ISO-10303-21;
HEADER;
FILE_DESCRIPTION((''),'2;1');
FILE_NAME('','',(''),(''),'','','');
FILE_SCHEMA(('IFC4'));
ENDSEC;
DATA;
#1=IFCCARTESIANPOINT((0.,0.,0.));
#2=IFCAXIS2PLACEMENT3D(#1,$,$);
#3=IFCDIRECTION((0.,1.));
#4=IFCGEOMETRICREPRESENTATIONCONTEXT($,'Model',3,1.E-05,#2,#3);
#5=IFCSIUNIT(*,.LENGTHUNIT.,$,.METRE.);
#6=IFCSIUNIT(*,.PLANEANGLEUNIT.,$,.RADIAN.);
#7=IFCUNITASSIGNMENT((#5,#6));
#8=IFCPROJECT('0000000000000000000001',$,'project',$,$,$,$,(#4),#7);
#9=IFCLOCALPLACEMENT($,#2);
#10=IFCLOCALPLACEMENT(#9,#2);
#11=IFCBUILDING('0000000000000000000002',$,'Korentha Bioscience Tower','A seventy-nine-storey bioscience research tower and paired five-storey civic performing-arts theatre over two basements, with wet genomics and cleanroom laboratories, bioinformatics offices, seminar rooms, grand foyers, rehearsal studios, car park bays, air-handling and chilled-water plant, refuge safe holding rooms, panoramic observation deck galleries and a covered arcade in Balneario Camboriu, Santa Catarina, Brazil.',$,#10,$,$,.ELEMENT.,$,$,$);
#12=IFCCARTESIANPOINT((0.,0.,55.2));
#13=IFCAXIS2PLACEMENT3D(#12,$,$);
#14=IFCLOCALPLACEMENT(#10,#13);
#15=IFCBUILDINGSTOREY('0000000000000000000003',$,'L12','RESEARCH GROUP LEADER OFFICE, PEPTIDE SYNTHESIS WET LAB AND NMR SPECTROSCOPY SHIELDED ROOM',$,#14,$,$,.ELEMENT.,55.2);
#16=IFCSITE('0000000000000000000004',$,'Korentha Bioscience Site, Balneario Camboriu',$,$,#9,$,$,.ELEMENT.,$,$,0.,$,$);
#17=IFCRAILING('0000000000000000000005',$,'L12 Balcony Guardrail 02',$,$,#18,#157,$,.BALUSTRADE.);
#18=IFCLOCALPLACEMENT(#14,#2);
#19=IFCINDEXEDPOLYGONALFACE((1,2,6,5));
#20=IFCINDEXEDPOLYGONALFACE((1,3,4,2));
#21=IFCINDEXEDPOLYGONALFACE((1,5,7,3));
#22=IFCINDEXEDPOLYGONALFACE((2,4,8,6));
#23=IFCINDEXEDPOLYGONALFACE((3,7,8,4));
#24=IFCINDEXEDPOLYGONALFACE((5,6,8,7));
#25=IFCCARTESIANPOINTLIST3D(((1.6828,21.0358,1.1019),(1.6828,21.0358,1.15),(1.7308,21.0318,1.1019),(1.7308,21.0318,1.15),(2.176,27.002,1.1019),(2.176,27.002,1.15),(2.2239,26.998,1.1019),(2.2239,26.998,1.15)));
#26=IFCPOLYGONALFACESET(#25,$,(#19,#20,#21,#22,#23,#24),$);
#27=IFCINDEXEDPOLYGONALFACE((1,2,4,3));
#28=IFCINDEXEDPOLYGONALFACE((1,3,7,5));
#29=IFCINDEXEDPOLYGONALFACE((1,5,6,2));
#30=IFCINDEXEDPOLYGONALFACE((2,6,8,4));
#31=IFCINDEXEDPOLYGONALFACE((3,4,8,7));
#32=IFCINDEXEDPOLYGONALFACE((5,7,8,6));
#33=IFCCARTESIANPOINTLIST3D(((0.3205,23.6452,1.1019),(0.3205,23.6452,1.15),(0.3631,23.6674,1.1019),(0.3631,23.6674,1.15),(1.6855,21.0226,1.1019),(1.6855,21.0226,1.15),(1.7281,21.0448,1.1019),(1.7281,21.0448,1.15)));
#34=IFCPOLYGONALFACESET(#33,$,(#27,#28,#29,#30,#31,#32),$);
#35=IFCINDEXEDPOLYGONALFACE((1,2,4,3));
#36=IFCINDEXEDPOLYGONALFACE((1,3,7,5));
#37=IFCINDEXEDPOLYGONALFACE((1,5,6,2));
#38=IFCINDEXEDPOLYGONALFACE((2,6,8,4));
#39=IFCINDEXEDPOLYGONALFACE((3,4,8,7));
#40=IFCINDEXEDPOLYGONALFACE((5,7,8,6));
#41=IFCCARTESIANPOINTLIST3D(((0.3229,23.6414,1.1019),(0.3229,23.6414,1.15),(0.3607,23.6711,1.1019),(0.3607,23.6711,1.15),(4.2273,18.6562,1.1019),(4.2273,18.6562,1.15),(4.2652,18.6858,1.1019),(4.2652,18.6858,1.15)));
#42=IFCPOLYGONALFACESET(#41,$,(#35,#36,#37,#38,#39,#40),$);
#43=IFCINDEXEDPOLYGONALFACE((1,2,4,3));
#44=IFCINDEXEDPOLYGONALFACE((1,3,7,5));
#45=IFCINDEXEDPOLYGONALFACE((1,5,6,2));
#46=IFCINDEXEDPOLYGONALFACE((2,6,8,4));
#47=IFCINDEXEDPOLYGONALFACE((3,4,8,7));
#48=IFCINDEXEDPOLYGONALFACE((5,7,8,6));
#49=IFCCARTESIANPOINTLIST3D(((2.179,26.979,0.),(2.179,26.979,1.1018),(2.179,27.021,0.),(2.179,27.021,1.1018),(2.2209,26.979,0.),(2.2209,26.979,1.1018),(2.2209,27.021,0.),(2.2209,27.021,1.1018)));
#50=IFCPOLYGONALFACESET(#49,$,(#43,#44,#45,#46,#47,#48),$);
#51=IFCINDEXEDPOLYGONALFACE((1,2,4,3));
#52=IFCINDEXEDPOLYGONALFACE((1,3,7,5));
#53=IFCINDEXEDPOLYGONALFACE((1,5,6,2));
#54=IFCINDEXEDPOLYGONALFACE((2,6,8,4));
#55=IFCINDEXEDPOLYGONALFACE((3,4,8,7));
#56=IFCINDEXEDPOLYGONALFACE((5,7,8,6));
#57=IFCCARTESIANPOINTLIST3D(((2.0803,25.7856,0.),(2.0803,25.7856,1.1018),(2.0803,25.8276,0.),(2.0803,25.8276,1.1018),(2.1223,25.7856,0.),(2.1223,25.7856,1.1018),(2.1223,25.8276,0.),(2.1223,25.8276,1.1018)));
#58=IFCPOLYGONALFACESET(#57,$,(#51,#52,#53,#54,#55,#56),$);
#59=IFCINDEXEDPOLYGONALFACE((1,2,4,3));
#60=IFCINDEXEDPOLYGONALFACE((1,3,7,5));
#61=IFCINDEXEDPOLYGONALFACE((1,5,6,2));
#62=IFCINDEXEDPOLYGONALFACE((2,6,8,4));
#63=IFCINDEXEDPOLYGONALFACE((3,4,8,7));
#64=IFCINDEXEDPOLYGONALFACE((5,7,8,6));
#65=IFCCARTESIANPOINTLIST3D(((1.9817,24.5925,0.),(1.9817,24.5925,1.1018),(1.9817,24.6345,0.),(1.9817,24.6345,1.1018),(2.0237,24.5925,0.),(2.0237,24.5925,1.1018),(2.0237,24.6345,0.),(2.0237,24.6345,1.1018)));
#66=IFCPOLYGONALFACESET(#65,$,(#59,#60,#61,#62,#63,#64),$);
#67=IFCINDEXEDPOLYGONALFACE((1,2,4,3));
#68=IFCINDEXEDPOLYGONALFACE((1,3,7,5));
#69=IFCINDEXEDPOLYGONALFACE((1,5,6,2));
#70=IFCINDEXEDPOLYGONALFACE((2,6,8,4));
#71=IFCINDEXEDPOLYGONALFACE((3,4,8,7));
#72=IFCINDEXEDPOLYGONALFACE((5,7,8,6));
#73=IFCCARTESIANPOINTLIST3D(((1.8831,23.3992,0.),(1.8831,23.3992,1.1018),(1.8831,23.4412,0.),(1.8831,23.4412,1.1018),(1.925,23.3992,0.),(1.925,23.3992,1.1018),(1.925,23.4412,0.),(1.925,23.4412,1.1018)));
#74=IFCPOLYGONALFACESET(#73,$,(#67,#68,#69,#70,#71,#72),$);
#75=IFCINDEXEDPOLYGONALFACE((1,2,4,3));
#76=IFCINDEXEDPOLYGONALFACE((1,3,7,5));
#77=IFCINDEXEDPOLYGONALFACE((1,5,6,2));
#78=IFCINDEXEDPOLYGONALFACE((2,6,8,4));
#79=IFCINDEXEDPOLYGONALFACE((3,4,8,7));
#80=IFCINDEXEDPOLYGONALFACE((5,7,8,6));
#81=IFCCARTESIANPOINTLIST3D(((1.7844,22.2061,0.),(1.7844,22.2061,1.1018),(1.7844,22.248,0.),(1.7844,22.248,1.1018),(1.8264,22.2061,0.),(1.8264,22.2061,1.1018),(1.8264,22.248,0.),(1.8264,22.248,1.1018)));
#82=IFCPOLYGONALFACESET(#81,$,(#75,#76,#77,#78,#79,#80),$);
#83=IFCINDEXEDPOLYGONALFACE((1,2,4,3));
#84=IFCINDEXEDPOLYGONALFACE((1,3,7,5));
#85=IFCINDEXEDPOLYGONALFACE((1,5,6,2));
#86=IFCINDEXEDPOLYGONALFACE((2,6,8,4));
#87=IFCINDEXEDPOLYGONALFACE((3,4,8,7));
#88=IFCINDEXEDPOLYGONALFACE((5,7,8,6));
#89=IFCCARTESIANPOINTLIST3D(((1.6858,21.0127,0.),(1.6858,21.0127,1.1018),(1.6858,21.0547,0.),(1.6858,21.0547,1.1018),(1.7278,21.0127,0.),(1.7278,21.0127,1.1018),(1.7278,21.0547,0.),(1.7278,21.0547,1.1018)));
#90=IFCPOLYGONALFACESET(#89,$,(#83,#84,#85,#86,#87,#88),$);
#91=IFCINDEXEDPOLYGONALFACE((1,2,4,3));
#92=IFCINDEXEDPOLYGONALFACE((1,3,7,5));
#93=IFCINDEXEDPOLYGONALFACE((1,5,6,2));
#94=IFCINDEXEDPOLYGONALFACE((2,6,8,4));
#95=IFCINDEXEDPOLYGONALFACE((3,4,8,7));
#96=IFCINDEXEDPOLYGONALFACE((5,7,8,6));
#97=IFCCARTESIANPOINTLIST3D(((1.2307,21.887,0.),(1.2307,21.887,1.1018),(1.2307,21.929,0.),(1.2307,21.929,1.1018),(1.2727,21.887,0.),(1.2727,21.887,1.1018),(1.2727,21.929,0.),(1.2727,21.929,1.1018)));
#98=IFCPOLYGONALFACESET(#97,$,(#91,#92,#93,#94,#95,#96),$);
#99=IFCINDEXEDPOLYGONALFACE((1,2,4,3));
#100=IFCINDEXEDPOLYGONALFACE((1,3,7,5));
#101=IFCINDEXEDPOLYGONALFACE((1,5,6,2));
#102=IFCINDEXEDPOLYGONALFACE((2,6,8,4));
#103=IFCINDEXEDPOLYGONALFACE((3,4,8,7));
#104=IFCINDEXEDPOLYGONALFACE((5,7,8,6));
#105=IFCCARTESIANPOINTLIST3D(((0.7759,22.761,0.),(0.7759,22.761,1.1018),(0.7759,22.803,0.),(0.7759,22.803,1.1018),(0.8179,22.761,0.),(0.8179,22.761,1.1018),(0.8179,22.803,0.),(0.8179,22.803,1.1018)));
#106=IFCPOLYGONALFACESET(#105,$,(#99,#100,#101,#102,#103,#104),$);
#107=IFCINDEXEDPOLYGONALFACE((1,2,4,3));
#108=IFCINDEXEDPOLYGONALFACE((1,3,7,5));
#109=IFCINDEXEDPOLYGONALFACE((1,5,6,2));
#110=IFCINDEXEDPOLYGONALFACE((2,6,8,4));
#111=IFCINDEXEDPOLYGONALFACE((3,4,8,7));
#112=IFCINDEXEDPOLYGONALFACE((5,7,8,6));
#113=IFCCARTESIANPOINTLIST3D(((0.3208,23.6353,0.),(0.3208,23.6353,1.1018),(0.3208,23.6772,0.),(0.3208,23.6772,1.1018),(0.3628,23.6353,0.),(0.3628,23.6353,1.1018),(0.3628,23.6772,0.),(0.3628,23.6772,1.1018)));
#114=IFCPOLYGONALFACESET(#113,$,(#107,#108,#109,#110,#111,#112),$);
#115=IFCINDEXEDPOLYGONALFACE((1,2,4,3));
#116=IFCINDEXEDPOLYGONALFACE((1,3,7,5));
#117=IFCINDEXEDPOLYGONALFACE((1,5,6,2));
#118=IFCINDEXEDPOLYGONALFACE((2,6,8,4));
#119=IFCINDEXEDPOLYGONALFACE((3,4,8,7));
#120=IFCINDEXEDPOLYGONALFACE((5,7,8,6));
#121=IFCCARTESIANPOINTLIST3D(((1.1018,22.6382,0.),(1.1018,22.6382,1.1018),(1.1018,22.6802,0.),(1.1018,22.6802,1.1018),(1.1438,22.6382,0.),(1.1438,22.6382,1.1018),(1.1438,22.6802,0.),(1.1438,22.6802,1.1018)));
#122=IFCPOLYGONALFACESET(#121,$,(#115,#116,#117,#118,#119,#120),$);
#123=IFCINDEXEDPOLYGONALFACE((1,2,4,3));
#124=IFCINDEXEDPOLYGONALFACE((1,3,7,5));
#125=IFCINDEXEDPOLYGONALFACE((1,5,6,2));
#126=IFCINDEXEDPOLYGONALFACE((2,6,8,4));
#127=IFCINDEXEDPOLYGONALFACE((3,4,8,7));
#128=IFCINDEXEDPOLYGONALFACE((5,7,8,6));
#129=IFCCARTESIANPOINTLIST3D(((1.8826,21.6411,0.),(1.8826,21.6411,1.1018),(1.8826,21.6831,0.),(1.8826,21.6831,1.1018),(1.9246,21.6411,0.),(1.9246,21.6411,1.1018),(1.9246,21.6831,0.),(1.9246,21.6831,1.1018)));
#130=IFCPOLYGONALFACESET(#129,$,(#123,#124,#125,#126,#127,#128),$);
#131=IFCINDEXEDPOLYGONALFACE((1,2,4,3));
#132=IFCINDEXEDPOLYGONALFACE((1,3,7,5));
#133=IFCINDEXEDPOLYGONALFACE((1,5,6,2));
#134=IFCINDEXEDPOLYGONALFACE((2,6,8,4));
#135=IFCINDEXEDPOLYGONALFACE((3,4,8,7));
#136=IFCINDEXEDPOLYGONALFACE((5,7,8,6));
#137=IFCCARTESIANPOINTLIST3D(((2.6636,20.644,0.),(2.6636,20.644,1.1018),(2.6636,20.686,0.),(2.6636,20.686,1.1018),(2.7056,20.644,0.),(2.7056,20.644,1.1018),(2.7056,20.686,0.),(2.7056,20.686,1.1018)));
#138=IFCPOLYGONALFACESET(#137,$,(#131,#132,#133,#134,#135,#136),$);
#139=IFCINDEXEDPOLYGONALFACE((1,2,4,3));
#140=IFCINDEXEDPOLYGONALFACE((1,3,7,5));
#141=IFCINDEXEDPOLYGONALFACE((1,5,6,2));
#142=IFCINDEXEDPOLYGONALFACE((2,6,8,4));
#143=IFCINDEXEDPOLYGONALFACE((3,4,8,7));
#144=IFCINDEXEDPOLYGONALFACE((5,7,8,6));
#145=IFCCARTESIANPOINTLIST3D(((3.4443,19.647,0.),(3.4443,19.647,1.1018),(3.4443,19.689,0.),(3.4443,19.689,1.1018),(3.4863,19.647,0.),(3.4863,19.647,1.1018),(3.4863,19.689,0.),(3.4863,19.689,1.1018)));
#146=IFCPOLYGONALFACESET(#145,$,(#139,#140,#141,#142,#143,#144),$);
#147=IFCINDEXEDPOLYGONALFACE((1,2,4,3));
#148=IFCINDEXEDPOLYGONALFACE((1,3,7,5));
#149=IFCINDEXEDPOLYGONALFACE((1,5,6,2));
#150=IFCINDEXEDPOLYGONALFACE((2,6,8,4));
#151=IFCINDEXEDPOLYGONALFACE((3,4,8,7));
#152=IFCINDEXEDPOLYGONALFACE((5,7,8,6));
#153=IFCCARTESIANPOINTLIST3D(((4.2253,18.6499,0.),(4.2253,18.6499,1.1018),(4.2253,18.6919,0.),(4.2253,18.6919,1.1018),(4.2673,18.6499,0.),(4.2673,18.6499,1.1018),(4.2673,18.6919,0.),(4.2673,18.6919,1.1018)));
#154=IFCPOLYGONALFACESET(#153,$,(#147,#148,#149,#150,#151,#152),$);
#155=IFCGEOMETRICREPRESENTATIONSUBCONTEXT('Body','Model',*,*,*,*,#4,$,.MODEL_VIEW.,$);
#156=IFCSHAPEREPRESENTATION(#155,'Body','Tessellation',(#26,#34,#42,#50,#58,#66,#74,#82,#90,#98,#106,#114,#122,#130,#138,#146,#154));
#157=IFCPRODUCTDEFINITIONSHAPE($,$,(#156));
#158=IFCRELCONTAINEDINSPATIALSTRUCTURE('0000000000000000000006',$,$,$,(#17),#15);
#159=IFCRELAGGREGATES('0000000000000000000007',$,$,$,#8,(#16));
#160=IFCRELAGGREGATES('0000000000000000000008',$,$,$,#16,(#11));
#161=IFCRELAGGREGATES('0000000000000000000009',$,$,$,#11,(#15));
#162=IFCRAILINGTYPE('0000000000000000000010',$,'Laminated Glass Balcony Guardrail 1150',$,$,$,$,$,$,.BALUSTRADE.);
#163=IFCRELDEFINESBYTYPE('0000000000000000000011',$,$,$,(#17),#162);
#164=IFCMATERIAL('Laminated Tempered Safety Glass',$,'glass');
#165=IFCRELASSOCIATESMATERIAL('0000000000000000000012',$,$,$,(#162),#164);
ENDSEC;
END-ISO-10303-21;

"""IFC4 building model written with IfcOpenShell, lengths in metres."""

from ifc_helpers import new_model, si_unit, direction, frame, origin, origin_2d, place, context, subcontext, project, spatial, rectangle, extrude, material, type_object, element, save


model = new_model("IFC4")

# Units and contexts
model_context = context("Model", 3, precision=1e-05, world=origin(), true_north=direction((0.0, 1.0)))
body_context = subcontext(model_context, "Body", "Model", "MODEL_VIEW")
ifc_project = project(units=[si_unit("LENGTHUNIT", "METRE"), si_unit("PLANEANGLEUNIT", "RADIAN")], contexts=[model_context])

# Site, building, storey
site_placement = place(None, origin())
site = spatial("IfcSite", under=ifc_project, at=site_placement, Name="Korentha Bioscience Site, Balneario Camboriu", CompositionType="ELEMENT", RefElevation=0.0)
building_placement = place(site_placement, origin())
building = spatial("IfcBuilding", under=site, at=building_placement, Name="Korentha Bioscience Tower", Description="A seventy-nine-storey bioscience research tower and paired five-storey civic performing-arts theatre over two basements, with wet genomics and cleanroom laboratories, bioinformatics offices, seminar rooms, grand foyers, rehearsal studios, car park bays, air-handling and chilled-water plant, refuge safe holding rooms, panoramic observation deck galleries and a covered arcade in Balneario Camboriu, Santa Catarina, Brazil.", CompositionType="ELEMENT")
storey_placement = place(building_placement, frame((0.0, 0.0, 55.2)))
storey = spatial("IfcBuildingStorey", under=building, at=storey_placement, Name="L12", Description="RESEARCH GROUP LEADER OFFICE, PEPTIDE SYNTHESIS WET LAB AND NMR SPECTROSCOPY SHIELDED ROOM", CompositionType="ELEMENT", Elevation=55.2)

# Railing
ifc_material_1 = material(Name="Laminated Tempered Safety Glass", Category="glass")
railing_type = type_object("IfcRailingType", Name="Laminated Glass Balcony Guardrail 1150", PredefinedType="BALUSTRADE", material=ifc_material_1)
railing_placement = place(storey_placement, frame((2.2, 27.0, 0.0)))
element("IfcRailing", 1, at=railing_placement, inside=storey, type_object=railing_type, Name="L12 Balcony Guardrail 02", PredefinedType="BALUSTRADE", context=body_context, shape_type="SweptSolid", body=[
    extrude(rectangle(XDim=0.0481, YDim=0.0481, at=origin_2d()), frame((0.0, 0.0, 1.126), z_axis=(-0.082377, -0.996601, 0.0), x_axis=(0.996601, -0.082377, 0.0)), (0.0, 0.0, 1.0), 5.9866),
    extrude(rectangle(XDim=0.0481, YDim=0.0481, at=origin_2d()), frame((-0.4932, -5.9663, 1.126), z_axis=(-0.461688, 0.887042, 0.0), x_axis=(-0.887042, -0.461688, 0.0)), (0.0, 0.0, 1.0), 2.9565),
    extrude(rectangle(XDim=0.0481, YDim=0.0481, at=origin_2d()), frame((-1.8582, -3.3438, 1.126), z_axis=(0.616598, -0.787278, 0.0), x_axis=(0.787278, 0.616598, 0.0)), (0.0, 0.0, 1.0), 6.3323),
    extrude(rectangle(XDim=0.042, YDim=0.042, at=origin_2d()), origin(), (0.0, 0.0, 1.0), 1.1018),
    extrude(rectangle(XDim=0.042, YDim=0.042, at=origin_2d()), frame((-0.0986, -1.1934, 0.0)), (0.0, 0.0, 1.0), 1.1018),
    extrude(rectangle(XDim=0.042, YDim=0.042, at=origin_2d()), frame((-0.1973, -2.3865, 0.0)), (0.0, 0.0, 1.0), 1.1018),
    extrude(rectangle(XDim=0.042, YDim=0.042, at=origin_2d()), frame((-0.2959, -3.5798, 0.0)), (0.0, 0.0, 1.0), 1.1018),
    extrude(rectangle(XDim=0.042, YDim=0.042, at=origin_2d()), frame((-0.3945, -4.7729, 0.0)), (0.0, 0.0, 1.0), 1.1018),
    extrude(rectangle(XDim=0.042, YDim=0.042, at=origin_2d()), frame((-0.4932, -5.9663, 0.0)), (0.0, 0.0, 1.0), 1.1018),
    extrude(rectangle(XDim=0.042, YDim=0.042, at=origin_2d()), frame((-0.9482, -5.092, 0.0)), (0.0, 0.0, 1.0), 1.1018),
    extrude(rectangle(XDim=0.042, YDim=0.042, at=origin_2d()), frame((-1.4031, -4.218, 0.0)), (0.0, 0.0, 1.0), 1.1018),
    extrude(rectangle(XDim=0.042, YDim=0.042, at=origin_2d()), frame((-1.8582, -3.3438, 0.0)), (0.0, 0.0, 1.0), 1.1018),
    extrude(rectangle(XDim=0.042, YDim=0.042, at=origin_2d()), frame((-1.0771, -4.3408, 0.0)), (0.0, 0.0, 1.0), 1.1018),
    extrude(rectangle(XDim=0.042, YDim=0.042, at=origin_2d()), frame((-0.2964, -5.3379, 0.0)), (0.0, 0.0, 1.0), 1.1018),
    extrude(rectangle(XDim=0.042, YDim=0.042, at=origin_2d()), frame((0.4846, -6.335, 0.0)), (0.0, 0.0, 1.0), 1.1018),
    extrude(rectangle(XDim=0.042, YDim=0.042, at=origin_2d()), frame((1.2654, -7.332, 0.0)), (0.0, 0.0, 1.0), 1.1018),
    extrude(rectangle(XDim=0.042, YDim=0.042, at=origin_2d()), frame((2.0464, -8.3291, 0.0)), (0.0, 0.0, 1.0), 1.1018),
])

save(model, "model.ifc")
